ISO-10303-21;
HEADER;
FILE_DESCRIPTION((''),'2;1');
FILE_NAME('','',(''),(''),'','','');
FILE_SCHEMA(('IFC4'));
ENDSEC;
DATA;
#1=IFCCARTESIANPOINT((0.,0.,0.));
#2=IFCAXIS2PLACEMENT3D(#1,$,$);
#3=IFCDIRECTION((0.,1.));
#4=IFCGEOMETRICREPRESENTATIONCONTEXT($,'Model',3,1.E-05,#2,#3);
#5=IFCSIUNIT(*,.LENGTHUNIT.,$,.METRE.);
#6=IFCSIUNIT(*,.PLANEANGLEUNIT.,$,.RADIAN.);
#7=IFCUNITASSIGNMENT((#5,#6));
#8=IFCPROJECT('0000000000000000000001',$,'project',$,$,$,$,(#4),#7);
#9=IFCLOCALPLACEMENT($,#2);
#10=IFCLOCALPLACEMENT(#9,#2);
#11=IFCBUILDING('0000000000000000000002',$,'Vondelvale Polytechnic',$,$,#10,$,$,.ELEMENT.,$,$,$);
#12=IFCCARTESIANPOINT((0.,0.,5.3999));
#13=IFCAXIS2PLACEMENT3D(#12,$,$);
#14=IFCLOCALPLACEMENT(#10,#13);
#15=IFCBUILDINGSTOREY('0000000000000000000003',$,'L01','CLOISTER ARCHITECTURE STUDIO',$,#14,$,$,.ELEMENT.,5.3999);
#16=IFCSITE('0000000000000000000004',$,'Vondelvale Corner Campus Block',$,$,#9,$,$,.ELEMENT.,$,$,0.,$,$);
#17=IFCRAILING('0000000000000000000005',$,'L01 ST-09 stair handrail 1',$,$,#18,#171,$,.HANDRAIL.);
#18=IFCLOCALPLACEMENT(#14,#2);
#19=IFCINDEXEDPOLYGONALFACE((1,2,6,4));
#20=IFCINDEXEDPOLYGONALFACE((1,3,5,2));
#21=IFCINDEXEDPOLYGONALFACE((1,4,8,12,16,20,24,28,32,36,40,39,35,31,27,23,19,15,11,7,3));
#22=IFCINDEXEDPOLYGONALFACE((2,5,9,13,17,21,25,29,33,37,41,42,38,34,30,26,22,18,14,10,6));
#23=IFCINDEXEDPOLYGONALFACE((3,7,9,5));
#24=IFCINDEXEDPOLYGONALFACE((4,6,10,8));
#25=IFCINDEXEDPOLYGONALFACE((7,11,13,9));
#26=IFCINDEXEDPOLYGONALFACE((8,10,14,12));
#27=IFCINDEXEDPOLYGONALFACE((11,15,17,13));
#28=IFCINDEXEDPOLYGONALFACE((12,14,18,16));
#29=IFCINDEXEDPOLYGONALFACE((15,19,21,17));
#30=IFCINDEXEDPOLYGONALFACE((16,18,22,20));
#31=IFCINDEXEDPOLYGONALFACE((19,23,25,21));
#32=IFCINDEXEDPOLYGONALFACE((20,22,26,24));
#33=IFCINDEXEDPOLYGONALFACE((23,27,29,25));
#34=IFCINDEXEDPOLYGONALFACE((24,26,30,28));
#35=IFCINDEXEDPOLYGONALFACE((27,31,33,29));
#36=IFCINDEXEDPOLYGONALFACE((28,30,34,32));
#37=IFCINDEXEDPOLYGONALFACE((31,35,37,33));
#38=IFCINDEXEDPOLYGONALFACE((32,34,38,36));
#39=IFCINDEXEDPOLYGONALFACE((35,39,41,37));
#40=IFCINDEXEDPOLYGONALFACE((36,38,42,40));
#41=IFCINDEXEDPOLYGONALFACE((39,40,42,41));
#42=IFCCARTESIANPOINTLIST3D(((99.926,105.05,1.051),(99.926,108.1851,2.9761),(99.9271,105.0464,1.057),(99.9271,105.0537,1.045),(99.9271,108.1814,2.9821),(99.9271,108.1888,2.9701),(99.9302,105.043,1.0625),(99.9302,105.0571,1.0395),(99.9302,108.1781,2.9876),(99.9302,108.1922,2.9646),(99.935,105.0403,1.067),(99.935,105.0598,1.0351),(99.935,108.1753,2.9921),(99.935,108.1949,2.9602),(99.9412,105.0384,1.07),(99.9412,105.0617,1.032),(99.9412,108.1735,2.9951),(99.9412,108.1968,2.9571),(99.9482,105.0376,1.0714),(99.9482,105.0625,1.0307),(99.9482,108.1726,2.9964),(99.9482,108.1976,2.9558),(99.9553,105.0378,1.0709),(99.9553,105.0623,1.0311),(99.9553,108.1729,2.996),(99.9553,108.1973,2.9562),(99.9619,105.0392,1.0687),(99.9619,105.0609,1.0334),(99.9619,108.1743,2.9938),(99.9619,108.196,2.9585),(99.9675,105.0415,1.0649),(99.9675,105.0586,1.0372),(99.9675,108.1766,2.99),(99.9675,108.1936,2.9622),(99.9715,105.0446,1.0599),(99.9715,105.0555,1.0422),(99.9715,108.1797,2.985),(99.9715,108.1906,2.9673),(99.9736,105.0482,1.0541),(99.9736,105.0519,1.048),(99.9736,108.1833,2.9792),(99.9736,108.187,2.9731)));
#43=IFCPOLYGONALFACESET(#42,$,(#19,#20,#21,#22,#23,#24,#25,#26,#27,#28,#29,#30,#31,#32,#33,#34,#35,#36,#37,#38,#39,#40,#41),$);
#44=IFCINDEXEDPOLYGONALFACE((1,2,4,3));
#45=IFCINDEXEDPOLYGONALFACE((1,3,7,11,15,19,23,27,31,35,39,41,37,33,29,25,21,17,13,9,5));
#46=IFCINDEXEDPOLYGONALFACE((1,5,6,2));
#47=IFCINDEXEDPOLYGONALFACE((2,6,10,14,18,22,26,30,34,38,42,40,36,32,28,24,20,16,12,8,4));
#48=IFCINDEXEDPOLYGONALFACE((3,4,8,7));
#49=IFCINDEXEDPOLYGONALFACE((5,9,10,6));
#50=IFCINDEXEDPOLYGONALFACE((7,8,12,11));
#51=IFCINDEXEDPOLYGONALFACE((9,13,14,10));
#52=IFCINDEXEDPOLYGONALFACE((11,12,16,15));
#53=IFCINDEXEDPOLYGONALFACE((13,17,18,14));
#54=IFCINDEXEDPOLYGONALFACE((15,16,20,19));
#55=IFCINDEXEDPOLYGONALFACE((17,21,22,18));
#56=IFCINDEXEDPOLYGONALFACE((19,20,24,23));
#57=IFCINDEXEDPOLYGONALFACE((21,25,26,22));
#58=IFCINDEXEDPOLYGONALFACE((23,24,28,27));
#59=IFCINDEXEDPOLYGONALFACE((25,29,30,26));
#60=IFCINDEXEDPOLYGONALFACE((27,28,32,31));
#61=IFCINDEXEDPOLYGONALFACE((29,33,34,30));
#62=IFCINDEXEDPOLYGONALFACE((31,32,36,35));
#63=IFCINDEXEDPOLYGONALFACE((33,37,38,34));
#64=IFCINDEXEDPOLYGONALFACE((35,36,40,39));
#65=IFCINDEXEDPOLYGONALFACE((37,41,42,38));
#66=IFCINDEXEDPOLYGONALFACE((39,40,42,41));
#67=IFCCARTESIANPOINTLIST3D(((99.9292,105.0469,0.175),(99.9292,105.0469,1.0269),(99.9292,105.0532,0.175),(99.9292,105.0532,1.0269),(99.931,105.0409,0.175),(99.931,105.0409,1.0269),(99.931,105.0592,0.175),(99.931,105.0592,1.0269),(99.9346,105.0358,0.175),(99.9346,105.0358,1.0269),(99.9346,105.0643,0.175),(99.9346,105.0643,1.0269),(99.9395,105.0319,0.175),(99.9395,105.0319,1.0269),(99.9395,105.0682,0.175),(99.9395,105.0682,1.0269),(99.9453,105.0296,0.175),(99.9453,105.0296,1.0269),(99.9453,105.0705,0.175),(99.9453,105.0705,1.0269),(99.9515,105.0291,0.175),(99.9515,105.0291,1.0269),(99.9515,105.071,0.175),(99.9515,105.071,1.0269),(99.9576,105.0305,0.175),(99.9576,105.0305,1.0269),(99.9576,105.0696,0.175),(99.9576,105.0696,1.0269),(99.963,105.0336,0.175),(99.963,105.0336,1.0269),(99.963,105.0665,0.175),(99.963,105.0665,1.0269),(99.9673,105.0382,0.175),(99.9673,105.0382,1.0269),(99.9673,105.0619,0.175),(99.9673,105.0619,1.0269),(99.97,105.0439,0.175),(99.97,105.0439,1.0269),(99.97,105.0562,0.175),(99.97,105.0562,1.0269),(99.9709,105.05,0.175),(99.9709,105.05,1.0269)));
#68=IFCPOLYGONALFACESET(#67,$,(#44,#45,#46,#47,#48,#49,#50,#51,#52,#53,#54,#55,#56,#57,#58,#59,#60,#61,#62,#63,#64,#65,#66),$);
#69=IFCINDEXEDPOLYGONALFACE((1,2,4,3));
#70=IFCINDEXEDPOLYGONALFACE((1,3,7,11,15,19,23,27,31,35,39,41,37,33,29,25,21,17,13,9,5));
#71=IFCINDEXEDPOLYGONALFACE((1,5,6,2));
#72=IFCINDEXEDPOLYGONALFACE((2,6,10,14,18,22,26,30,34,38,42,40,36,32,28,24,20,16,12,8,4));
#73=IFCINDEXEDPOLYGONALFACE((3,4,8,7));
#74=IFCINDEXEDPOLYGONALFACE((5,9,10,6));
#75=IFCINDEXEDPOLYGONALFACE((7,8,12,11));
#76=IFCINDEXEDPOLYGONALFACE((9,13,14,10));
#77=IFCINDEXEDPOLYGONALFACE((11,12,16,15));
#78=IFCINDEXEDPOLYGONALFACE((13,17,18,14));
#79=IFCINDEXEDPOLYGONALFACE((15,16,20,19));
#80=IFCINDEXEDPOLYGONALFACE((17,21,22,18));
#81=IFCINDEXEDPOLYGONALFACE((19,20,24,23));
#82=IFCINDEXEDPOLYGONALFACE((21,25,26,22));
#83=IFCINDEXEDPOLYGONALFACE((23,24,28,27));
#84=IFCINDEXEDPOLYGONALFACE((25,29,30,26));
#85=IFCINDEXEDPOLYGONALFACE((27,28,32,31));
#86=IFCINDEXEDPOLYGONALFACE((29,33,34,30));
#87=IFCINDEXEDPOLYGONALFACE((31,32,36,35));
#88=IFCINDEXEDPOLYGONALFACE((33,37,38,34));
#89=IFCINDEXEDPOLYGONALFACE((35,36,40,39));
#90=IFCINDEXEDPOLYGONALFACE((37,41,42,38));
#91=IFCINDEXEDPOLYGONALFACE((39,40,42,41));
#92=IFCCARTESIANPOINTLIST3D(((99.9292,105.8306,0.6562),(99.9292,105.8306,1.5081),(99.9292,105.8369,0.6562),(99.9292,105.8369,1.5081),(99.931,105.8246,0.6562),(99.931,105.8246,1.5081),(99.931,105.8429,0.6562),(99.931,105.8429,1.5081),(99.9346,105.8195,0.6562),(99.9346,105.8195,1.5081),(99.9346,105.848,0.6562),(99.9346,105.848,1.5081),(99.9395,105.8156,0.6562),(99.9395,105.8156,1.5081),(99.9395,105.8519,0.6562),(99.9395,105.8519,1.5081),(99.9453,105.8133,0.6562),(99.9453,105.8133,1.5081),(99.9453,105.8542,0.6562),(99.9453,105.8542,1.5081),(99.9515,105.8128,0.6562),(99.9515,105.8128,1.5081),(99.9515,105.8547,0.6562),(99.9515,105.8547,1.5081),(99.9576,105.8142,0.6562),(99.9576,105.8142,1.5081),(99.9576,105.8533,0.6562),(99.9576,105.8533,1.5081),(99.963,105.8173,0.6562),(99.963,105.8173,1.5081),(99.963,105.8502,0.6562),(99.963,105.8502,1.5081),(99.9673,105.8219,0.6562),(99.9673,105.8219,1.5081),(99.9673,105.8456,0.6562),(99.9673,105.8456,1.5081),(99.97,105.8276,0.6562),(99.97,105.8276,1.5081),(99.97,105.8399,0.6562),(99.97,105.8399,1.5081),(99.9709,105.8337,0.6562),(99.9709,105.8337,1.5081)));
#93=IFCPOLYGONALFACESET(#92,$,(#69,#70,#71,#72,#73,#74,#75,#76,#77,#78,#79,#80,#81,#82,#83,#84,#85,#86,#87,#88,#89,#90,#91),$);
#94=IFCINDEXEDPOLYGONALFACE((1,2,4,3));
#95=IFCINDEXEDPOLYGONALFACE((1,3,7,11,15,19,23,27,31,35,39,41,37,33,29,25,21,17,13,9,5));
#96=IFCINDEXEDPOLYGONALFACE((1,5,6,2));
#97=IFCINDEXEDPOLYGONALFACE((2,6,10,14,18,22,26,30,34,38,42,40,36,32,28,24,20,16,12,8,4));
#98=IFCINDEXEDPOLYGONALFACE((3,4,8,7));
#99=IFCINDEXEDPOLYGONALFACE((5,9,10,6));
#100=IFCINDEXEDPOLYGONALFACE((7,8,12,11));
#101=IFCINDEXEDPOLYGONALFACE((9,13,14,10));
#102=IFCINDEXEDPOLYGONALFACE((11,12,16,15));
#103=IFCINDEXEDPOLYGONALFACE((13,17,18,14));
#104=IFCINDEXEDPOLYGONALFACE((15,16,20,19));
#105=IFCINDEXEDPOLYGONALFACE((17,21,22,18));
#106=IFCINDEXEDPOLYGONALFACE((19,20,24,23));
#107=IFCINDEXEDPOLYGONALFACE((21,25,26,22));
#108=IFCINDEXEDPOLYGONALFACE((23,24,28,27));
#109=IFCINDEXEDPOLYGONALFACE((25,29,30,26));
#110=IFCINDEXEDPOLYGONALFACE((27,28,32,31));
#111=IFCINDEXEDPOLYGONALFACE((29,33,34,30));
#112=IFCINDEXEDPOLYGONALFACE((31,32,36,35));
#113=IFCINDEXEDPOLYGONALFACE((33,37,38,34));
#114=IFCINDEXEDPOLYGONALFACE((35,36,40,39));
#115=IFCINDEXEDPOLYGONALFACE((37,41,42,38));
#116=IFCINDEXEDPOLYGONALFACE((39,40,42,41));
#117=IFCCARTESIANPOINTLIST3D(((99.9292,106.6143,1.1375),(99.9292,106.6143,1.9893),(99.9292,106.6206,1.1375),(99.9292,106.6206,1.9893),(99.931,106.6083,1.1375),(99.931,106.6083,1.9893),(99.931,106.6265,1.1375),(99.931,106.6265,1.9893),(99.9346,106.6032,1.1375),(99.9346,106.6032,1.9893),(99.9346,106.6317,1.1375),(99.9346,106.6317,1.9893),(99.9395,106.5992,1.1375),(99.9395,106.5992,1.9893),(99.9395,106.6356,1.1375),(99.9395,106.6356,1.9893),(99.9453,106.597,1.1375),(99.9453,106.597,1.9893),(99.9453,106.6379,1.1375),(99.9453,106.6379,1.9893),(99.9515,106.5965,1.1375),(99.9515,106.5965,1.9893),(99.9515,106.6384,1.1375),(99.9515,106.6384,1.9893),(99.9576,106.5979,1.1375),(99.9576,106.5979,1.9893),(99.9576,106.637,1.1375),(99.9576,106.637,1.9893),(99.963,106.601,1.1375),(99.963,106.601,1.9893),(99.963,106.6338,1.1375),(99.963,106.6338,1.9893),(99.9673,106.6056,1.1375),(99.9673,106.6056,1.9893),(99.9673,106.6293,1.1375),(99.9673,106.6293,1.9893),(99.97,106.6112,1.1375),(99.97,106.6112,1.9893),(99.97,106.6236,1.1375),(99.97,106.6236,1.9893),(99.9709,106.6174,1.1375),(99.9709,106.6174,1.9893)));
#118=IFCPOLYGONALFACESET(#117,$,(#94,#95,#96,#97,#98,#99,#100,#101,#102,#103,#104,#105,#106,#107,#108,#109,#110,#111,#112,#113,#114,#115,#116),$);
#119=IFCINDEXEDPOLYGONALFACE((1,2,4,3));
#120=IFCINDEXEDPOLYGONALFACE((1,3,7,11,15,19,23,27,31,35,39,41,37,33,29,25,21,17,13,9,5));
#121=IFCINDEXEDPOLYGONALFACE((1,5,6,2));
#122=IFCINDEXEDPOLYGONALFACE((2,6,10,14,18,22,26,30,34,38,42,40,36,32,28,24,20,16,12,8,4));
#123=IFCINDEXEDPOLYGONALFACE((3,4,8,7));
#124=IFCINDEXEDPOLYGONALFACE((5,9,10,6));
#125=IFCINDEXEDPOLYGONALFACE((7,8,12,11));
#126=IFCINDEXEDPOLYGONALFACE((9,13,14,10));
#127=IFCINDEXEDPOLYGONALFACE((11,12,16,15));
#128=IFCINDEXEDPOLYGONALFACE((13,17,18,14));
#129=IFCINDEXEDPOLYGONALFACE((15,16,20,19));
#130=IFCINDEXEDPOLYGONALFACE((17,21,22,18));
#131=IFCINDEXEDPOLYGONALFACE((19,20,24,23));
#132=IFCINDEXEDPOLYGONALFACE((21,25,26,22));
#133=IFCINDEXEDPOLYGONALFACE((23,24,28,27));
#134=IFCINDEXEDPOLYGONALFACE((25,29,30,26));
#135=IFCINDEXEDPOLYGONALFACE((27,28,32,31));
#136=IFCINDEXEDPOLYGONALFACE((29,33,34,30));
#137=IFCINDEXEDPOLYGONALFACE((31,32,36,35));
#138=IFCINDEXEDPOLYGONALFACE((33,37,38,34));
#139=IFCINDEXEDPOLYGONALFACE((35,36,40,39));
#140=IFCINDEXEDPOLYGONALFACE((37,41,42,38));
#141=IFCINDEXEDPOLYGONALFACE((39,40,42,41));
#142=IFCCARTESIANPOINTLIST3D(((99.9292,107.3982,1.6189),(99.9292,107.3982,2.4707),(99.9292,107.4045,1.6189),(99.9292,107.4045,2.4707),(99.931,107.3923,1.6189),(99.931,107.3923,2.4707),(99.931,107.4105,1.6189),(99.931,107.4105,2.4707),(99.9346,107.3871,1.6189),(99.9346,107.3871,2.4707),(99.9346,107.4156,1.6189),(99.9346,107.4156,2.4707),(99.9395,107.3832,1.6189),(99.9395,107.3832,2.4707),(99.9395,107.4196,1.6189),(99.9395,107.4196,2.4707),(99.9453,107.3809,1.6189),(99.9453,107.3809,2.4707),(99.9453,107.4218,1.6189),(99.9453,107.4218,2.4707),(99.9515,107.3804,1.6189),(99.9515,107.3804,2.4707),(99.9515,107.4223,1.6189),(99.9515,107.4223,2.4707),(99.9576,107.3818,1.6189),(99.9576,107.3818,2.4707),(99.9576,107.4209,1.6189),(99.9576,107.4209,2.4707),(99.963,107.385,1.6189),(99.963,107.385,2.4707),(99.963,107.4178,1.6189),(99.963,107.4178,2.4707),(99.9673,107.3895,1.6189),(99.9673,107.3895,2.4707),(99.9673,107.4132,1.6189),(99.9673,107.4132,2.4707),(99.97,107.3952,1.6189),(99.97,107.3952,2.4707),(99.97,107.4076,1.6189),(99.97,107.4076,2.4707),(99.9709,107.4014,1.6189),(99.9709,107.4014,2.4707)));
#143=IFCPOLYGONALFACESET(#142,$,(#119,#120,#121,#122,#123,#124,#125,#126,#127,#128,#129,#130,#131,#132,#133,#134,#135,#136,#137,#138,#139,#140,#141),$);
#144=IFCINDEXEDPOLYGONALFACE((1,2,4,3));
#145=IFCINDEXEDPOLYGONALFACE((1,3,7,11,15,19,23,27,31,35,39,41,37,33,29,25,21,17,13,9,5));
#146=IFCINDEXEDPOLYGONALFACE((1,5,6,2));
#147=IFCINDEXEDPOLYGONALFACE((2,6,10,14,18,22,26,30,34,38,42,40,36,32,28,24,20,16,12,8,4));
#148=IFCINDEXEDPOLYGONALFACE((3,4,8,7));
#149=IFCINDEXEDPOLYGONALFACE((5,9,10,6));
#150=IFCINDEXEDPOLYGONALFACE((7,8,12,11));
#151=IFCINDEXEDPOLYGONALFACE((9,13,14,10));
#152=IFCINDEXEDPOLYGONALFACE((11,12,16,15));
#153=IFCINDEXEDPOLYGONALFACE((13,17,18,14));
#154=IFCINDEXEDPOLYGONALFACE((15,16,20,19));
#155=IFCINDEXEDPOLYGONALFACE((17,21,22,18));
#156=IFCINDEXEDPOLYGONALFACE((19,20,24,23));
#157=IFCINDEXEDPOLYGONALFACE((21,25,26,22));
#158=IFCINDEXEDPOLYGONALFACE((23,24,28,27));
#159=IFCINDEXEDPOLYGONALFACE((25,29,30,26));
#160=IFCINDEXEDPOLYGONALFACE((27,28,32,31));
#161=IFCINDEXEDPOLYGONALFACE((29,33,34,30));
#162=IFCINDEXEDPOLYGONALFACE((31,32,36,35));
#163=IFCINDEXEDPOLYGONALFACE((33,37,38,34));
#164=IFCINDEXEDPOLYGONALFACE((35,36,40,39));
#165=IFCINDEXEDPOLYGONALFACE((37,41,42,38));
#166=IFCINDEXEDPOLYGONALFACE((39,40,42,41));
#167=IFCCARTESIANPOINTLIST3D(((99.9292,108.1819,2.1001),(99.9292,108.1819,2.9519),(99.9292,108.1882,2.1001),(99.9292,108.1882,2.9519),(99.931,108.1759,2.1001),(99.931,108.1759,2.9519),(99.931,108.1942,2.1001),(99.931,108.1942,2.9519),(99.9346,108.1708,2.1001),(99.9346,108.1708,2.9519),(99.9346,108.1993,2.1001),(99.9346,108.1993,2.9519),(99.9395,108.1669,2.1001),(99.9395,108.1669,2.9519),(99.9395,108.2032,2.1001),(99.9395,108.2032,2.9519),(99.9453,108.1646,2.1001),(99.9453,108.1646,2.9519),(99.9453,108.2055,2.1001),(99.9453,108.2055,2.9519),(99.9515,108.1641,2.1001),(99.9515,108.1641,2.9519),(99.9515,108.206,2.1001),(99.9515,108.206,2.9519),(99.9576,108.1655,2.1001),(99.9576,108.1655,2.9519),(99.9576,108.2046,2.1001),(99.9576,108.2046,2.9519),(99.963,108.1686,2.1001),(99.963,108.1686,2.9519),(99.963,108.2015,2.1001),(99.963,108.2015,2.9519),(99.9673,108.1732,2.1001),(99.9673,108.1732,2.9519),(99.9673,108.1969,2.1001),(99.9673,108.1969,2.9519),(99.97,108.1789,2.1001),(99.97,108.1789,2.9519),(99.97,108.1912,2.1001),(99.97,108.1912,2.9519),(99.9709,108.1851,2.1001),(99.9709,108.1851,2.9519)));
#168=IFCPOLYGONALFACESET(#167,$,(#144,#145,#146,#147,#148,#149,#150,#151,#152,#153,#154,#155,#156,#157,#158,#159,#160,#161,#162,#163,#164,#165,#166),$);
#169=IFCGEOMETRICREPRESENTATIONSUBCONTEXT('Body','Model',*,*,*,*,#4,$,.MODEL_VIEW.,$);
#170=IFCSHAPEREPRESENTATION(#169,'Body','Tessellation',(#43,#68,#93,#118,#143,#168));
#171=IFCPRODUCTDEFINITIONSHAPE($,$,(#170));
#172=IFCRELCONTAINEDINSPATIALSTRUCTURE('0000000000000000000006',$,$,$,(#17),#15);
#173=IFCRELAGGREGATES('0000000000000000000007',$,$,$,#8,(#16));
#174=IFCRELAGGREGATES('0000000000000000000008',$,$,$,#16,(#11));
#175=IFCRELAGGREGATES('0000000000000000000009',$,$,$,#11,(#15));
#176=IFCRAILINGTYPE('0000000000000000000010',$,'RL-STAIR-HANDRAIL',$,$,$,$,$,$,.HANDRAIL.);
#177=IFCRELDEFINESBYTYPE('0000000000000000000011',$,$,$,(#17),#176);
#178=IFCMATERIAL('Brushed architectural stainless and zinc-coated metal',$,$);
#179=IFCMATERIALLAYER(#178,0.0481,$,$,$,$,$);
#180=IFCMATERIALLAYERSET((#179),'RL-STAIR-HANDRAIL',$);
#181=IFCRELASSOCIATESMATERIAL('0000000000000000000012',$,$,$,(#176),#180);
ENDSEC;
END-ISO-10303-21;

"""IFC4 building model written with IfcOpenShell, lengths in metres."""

from ifc_helpers import new_model, si_unit, direction, frame, origin, origin_2d, place, context, subcontext, project, spatial, circle, extrude, material, layer, layer_set, type_object, element, save


model = new_model("IFC4")

# Units and contexts
model_context = context("Model", 3, precision=1e-05, world=origin(), true_north=direction((0.0, 1.0)))
body_context = subcontext(model_context, "Body", "Model", "MODEL_VIEW")
ifc_project = project(units=[si_unit("LENGTHUNIT", "METRE"), si_unit("PLANEANGLEUNIT", "RADIAN")], contexts=[model_context])

# Site, building, storey
site_placement = place(None, origin())
site = spatial("IfcSite", under=ifc_project, at=site_placement, Name="Vondelvale Corner Campus Block", CompositionType="ELEMENT", RefElevation=0.0)
building_placement = place(site_placement, origin())
building = spatial("IfcBuilding", under=site, at=building_placement, Name="Vondelvale Polytechnic", CompositionType="ELEMENT")
storey_placement = place(building_placement, frame((0.0, 0.0, 5.3999)))
storey = spatial("IfcBuildingStorey", under=building, at=storey_placement, Name="L01", Description="CLOISTER ARCHITECTURE STUDIO", CompositionType="ELEMENT", Elevation=5.3999)

# Railing
ifc_material_1 = material(Name="Brushed architectural stainless and zinc-coated metal")
ifc_layer_1 = layer(ifc_material_1, 0.0481)
ifc_layer_set_1 = layer_set([ifc_layer_1], Name="RL-STAIR-HANDRAIL")
railing_type_1 = type_object("IfcRailingType", Name="RL-STAIR-HANDRAIL", PredefinedType="HANDRAIL", material=ifc_layer_set_1)
railing_1_placement = place(storey_placement, frame((99.95, 105.05, 0.175)))
element("IfcRailing", 1, at=railing_1_placement, inside=storey, type_object=railing_type_1, Name="L01 ST-09 stair handrail 1", PredefinedType="HANDRAIL", context=body_context, shape_type="SweptSolid", body=[
    extrude(circle(Radius=0.0239, at=origin_2d()), frame((0.0, 0.0, 0.876), z_axis=(0.0, 0.852166, 0.523271), x_axis=(-1.0, 0.0, 0.0)), (0.0, 0.0, 1.0), 3.679),
    extrude(circle(Radius=0.021, at=origin_2d()), origin(), (0.0, 0.0, 1.0), 0.8518),
    extrude(circle(Radius=0.021, at=origin_2d()), frame((0.0, 0.7837, 0.4812)), (0.0, 0.0, 1.0), 0.8518),
    extrude(circle(Radius=0.021, at=origin_2d()), frame((0.0, 1.5674, 0.9624)), (0.0, 0.0, 1.0), 0.8518),
    extrude(circle(Radius=0.021, at=origin_2d()), frame((0.0, 2.3513, 1.4438)), (0.0, 0.0, 1.0), 0.8518),
    extrude(circle(Radius=0.021, at=origin_2d()), frame((0.0, 3.135, 1.925)), (0.0, 0.0, 1.0), 0.8518),
])

save(model, "model.ifc")
